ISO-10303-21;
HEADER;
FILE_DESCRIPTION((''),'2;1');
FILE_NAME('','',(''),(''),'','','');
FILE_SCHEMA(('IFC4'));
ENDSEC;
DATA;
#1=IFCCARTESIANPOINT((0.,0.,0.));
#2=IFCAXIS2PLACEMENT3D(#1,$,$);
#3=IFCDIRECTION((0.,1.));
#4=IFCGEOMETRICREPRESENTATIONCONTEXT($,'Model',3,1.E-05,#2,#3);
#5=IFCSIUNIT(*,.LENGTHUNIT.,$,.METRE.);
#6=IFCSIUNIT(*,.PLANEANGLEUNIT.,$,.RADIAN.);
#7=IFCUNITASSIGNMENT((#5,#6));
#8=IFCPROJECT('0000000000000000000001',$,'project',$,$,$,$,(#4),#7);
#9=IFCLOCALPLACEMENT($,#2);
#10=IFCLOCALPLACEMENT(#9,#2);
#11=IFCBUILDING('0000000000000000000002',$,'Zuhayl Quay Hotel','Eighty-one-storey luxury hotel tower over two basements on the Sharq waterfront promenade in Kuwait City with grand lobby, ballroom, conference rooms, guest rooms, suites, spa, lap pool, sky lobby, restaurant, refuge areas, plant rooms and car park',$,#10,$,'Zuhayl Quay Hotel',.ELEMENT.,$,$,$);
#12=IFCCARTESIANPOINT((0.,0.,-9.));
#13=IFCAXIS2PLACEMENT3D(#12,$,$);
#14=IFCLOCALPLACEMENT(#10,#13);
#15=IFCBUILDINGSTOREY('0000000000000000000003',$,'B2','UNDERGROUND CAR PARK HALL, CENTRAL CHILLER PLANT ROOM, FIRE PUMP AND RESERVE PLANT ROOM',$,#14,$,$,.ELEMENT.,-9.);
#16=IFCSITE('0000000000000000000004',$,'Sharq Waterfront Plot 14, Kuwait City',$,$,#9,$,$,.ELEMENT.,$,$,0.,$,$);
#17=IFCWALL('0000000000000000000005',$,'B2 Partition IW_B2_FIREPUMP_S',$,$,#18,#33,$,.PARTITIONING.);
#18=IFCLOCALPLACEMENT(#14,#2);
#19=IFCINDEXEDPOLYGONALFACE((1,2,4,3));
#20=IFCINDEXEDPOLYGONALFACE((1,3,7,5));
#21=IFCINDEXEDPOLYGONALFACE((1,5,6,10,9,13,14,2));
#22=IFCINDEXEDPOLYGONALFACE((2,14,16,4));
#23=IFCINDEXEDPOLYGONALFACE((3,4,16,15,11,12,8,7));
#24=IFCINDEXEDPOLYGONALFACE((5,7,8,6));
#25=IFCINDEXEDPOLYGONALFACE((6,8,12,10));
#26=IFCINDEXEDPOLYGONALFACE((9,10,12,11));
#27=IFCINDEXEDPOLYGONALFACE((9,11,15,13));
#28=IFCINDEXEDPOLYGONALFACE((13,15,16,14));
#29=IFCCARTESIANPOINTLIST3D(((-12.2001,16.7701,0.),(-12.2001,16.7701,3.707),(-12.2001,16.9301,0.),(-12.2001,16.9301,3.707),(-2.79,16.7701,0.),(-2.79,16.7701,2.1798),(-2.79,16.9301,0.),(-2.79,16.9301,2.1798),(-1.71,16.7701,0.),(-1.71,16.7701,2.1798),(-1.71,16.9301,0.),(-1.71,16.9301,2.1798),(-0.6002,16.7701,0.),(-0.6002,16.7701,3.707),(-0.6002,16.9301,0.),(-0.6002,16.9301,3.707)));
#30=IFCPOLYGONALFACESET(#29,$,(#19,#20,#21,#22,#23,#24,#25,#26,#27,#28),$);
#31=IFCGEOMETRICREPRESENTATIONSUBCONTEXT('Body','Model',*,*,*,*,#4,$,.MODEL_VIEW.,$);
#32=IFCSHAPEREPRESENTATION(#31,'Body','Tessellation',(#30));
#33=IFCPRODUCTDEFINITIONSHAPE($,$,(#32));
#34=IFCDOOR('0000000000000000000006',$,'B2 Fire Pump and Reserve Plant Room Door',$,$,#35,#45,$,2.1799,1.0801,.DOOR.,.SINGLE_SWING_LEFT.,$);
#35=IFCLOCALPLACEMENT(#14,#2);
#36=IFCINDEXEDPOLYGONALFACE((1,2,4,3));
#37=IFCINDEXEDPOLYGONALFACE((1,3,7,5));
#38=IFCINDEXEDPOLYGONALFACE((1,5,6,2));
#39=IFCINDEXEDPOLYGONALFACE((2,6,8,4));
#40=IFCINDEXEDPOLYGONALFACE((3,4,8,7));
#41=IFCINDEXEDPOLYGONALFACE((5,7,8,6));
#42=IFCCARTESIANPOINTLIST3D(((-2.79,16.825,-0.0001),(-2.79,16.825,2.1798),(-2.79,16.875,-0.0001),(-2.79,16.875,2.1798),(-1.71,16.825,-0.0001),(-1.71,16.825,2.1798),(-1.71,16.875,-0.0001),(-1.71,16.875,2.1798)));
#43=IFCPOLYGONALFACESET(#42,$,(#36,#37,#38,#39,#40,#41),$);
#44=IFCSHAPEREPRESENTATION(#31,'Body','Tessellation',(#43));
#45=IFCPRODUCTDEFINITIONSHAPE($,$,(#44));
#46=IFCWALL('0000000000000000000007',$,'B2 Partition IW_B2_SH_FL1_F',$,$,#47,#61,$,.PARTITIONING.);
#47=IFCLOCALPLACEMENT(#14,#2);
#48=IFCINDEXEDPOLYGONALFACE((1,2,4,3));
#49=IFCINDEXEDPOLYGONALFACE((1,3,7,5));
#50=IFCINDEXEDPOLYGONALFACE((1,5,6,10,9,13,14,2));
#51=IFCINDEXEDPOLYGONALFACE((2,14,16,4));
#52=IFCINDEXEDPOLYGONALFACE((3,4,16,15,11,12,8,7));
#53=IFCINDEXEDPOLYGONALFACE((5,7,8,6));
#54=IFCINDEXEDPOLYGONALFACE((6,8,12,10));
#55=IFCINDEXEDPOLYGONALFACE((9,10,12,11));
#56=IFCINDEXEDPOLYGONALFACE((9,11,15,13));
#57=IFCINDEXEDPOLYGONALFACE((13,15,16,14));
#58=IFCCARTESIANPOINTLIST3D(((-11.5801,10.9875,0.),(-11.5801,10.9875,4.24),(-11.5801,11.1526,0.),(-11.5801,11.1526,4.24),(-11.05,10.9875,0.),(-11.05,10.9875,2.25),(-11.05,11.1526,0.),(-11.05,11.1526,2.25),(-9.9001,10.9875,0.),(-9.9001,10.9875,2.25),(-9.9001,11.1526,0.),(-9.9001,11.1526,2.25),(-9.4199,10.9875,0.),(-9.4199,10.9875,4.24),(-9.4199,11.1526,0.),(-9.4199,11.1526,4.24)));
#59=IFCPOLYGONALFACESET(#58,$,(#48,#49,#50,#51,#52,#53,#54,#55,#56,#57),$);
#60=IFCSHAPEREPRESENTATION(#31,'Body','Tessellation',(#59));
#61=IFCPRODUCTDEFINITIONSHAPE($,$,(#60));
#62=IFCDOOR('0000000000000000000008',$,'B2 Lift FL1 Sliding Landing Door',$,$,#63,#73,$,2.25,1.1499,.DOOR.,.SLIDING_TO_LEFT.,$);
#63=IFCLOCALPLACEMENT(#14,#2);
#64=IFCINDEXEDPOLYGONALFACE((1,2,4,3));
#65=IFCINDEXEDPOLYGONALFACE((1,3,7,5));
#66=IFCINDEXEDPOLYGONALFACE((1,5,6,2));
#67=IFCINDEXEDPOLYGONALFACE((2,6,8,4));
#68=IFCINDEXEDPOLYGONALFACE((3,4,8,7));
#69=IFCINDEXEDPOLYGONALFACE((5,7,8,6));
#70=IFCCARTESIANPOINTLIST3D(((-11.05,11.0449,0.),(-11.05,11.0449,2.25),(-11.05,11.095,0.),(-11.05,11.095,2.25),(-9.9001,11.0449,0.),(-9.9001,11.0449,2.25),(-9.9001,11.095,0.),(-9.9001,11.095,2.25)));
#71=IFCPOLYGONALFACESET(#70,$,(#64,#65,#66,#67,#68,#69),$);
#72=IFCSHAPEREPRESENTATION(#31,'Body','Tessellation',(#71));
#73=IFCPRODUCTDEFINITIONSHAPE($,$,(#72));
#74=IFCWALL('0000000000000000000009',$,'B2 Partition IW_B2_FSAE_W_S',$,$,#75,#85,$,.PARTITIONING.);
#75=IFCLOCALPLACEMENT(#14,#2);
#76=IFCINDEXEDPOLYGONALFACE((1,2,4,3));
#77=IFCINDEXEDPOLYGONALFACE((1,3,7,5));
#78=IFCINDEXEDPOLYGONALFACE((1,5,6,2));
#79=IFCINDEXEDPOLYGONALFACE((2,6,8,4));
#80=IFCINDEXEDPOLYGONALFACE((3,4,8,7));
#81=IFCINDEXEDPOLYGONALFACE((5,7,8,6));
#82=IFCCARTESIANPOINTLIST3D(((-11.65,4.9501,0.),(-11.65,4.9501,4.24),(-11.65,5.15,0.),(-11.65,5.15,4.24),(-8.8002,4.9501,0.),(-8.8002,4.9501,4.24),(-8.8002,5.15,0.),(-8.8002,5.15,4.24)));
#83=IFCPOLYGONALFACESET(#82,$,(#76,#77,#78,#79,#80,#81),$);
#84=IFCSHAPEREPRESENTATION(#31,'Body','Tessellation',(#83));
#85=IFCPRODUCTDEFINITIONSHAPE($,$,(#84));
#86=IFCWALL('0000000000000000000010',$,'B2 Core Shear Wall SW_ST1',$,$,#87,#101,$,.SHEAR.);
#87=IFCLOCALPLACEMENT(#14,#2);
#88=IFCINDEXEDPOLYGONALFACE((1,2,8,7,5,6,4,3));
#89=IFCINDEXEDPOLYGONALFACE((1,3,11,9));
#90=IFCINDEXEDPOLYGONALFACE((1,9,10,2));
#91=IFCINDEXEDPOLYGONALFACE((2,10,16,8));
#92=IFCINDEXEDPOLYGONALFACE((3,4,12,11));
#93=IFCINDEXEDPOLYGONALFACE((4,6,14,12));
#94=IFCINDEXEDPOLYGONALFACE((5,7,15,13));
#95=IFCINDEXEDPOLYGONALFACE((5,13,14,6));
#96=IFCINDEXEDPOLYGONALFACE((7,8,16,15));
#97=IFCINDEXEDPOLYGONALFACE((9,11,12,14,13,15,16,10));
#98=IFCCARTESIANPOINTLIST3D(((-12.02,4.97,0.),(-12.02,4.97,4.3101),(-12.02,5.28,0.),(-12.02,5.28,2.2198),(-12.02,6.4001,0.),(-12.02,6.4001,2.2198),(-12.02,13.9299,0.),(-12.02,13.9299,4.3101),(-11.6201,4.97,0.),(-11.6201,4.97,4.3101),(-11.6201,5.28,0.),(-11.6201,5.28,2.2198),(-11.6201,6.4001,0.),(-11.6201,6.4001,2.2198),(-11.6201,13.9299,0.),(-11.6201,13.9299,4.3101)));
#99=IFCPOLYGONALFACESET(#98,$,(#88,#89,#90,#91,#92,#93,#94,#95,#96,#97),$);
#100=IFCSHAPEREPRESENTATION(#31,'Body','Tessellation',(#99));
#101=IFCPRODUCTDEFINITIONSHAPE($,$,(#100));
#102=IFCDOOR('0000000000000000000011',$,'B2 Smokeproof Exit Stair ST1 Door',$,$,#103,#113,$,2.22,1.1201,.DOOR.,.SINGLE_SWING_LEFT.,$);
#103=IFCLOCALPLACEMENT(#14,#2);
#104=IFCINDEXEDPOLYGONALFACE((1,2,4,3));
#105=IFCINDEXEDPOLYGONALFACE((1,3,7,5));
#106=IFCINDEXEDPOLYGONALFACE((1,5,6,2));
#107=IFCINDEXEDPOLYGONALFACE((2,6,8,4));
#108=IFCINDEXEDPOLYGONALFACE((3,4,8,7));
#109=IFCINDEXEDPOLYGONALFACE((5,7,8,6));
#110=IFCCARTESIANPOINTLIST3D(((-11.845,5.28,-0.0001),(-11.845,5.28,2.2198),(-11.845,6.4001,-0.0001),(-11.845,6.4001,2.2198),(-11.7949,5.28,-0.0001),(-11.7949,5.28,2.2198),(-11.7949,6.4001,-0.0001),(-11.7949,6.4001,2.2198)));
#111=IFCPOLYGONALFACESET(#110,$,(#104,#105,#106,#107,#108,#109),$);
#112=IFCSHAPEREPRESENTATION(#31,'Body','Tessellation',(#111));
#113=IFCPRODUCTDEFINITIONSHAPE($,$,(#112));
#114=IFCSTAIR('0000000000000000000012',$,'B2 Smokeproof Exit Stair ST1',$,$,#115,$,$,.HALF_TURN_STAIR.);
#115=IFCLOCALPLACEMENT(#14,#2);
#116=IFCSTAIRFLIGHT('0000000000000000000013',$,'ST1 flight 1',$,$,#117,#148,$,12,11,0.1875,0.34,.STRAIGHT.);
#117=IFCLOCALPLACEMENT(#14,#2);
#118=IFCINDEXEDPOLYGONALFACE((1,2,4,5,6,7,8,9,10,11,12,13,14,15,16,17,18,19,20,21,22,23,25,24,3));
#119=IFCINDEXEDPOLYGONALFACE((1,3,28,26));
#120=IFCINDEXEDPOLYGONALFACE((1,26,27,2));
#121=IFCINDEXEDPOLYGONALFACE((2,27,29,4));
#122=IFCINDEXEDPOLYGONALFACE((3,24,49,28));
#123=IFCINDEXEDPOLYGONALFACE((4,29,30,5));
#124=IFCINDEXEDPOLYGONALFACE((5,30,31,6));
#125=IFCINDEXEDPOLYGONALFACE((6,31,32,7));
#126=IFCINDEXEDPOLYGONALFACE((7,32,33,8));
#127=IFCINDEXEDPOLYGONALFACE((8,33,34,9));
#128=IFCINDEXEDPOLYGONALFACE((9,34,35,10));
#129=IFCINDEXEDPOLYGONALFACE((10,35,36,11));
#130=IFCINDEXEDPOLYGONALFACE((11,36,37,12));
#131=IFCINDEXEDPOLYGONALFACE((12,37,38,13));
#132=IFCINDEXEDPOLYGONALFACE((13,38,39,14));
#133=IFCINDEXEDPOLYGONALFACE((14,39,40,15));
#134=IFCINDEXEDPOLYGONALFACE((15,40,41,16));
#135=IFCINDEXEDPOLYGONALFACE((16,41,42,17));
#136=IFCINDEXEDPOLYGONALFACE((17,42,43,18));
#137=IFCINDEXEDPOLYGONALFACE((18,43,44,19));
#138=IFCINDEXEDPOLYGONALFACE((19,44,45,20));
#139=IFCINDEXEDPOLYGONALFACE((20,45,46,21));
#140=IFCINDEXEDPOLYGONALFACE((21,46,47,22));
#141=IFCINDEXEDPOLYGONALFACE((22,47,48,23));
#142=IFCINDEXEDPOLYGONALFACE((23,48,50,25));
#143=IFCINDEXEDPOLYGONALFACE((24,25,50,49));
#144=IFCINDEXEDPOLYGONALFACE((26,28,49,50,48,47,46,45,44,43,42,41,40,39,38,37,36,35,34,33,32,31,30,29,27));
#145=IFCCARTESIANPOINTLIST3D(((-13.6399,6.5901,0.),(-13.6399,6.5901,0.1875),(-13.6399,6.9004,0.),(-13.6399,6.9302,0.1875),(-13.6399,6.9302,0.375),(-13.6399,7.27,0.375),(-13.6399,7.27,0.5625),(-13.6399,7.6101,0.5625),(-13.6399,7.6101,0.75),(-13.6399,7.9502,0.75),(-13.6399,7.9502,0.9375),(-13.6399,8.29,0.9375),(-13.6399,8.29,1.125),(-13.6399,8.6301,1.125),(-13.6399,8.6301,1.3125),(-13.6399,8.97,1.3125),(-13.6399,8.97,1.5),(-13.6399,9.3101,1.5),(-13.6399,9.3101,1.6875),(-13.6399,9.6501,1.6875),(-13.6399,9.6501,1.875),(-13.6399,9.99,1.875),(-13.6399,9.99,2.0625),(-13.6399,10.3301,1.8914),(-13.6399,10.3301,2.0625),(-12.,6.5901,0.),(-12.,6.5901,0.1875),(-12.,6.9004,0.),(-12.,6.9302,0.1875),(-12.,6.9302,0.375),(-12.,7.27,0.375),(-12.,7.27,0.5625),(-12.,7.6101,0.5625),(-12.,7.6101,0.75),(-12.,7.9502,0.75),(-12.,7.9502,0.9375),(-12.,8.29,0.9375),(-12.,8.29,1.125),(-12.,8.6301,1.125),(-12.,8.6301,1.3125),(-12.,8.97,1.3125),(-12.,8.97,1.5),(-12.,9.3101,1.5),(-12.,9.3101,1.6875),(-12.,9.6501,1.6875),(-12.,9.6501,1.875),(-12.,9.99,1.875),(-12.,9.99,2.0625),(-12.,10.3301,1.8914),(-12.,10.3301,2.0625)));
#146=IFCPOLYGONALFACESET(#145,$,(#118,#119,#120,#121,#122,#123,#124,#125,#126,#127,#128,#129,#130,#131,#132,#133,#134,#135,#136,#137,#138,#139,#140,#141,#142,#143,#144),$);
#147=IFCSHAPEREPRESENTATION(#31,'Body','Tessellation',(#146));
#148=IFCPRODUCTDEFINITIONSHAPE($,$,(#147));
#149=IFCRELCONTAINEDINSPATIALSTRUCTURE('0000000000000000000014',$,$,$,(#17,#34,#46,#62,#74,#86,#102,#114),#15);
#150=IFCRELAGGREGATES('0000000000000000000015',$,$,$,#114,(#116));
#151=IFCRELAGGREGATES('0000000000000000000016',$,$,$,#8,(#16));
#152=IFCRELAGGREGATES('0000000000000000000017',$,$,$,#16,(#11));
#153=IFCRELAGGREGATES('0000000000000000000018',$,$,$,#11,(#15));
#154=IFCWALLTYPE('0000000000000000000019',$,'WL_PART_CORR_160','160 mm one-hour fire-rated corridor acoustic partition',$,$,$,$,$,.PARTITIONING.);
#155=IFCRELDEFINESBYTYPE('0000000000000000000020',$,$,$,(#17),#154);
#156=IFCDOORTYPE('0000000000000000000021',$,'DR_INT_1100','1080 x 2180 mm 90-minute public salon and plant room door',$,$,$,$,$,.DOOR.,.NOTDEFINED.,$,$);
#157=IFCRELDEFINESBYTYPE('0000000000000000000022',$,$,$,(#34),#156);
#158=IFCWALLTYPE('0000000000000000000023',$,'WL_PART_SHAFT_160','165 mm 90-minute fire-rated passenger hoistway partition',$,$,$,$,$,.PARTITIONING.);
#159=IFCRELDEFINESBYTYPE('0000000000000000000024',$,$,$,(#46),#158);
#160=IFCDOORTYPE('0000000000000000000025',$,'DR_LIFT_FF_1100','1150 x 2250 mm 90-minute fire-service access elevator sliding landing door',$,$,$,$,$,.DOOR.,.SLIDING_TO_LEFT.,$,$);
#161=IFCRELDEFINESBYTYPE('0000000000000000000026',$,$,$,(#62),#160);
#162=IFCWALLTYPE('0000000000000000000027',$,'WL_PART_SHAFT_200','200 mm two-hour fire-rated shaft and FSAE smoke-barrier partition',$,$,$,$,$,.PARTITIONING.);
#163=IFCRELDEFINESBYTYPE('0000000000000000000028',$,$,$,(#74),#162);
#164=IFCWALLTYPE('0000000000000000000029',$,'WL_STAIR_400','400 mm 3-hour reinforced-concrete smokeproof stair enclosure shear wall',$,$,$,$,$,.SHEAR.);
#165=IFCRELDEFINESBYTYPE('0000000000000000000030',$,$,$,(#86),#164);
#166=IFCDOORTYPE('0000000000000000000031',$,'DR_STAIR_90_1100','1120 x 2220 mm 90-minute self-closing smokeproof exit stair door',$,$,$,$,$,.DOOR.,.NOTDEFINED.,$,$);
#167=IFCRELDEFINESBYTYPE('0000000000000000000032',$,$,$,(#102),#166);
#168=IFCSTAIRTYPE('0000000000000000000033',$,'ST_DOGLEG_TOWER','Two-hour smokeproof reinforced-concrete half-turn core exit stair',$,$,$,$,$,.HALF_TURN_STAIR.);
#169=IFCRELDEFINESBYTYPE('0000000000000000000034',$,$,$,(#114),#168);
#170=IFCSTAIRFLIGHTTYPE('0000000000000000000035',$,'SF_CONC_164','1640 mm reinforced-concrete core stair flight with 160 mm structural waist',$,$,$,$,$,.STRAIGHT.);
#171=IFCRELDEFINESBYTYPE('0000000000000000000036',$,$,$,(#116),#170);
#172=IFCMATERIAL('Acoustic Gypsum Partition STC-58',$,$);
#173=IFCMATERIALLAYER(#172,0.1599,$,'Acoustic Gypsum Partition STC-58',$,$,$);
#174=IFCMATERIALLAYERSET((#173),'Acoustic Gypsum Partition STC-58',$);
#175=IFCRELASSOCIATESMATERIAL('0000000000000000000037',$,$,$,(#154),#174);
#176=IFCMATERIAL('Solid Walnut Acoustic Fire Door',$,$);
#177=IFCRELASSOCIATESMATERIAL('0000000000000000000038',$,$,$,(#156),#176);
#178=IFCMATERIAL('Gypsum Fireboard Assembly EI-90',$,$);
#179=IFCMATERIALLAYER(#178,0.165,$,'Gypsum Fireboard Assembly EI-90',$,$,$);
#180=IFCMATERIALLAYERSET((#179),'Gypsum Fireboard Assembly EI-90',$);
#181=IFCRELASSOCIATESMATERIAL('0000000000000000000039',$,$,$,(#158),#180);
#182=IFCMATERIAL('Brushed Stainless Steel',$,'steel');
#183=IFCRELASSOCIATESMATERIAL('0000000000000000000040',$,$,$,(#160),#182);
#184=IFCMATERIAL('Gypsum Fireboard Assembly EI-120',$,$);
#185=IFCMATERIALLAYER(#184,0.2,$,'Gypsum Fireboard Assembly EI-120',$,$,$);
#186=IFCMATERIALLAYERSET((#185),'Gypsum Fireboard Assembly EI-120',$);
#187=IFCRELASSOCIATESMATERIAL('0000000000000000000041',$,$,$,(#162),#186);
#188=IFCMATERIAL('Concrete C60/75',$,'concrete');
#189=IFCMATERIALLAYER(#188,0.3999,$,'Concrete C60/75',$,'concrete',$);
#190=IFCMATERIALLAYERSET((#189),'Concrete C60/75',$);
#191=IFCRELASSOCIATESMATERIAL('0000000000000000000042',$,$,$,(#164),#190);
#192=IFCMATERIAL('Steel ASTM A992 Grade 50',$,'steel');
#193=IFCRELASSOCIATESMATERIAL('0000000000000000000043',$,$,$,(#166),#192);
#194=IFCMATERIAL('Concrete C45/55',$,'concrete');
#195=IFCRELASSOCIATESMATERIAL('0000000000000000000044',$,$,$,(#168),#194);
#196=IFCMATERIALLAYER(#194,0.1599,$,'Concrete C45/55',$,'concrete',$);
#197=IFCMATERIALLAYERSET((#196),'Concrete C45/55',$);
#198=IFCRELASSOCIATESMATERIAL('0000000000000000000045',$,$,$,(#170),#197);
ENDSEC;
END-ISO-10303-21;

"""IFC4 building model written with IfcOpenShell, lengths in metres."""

from ifc_helpers import new_model, si_unit, direction, frame, frame_2d, origin, place, context, subcontext, project, spatial, polyline, rectangle, outline, extrude, material, layer, layer_set, type_object, element, fill, aggregate, save


model = new_model("IFC4")

# Units and contexts
model_context = context("Model", 3, precision=1e-05, world=origin(), true_north=direction((0.0, 1.0)))
body_context = subcontext(model_context, "Body", "Model", "MODEL_VIEW")
ifc_project = project(units=[si_unit("LENGTHUNIT", "METRE"), si_unit("PLANEANGLEUNIT", "RADIAN")], contexts=[model_context])

# Site, building, storey
site_placement = place(None, origin())
site = spatial("IfcSite", under=ifc_project, at=site_placement, Name="Sharq Waterfront Plot 14, Kuwait City", CompositionType="ELEMENT", RefElevation=0.0)
building_placement = place(site_placement, origin())
building = spatial("IfcBuilding", under=site, at=building_placement, Name="Zuhayl Quay Hotel", Description="Eighty-one-storey luxury hotel tower over two basements on the Sharq waterfront promenade in Kuwait City with grand lobby, ballroom, conference rooms, guest rooms, suites, spa, lap pool, sky lobby, restaurant, refuge areas, plant rooms and car park", LongName="Zuhayl Quay Hotel", CompositionType="ELEMENT")
storey_placement = place(building_placement, frame((0.0, 0.0, -9.0)))
storey = spatial("IfcBuildingStorey", under=building, at=storey_placement, Name="B2", Description="UNDERGROUND CAR PARK HALL, CENTRAL CHILLER PLANT ROOM, FIRE PUMP AND RESERVE PLANT ROOM", CompositionType="ELEMENT", Elevation=-9.0)

# Shared definitions
ifc_material_1 = material(Name="Concrete C60/75", Category="concrete")

# Shared definitions
ifc_material_2 = material(Name="Acoustic Gypsum Partition STC-58")

# Walls, openings, doors
ifc_layer_1 = layer(ifc_material_2, 0.1599, Name="Acoustic Gypsum Partition STC-58")
ifc_layer_set_1 = layer_set([ifc_layer_1], Name="Acoustic Gypsum Partition STC-58")
wall_type_1 = type_object("IfcWallType", Name="WL_PART_CORR_160", Description="160 mm one-hour fire-rated corridor acoustic partition", PredefinedType="PARTITIONING", material=ifc_layer_set_1)
wall_1_placement = place(storey_placement, frame((-12.2, 16.8501, 0.0), z_axis=(0.0, 0.0, 1.0), x_axis=(1.0, 0.0, 0.0)))
wall_1 = element("IfcWall", 1, at=wall_1_placement, inside=storey, type_object=wall_type_1, Name="B2 Partition IW_B2_FIREPUMP_S", PredefinedType="PARTITIONING", context=body_context, shape_type="SweptSolid", body=[
    extrude(rectangle(XDim=11.5999, YDim=0.1599, at=frame_2d((5.7998, 0.0))), origin(), (0.0, 0.0, 1.0), 3.707),
])
opening_1_placement = place(wall_1_placement, frame((9.4099, 0.0, 0.0)))
opening_1 = element("IfcOpeningElement", 2, at=opening_1_placement, cuts=wall_1, PredefinedType="OPENING", context=body_context, shape_type="SweptSolid", body=[
    extrude(rectangle(XDim=1.0801, YDim=2.1799, at=frame_2d((0.54, 1.0898))), frame((0.0, 0.0898, 0.0), z_axis=(0.0, -1.0, 0.0), x_axis=(1.0, 0.0, 0.0)), (0.0, 0.0, 1.0), 0.1799),
])
ifc_material_3 = material(Name="Solid Walnut Acoustic Fire Door")
door_type_1 = type_object("IfcDoorType", Name="DR_INT_1100", Description="1080 x 2180 mm 90-minute public salon and plant room door", OperationType="NOTDEFINED", PredefinedType="DOOR", material=ifc_material_3)
door_1_placement = place(opening_1_placement, origin())
door_1 = element("IfcDoor", 3, at=door_1_placement, inside=storey, type_object=door_type_1, Name="B2 Fire Pump and Reserve Plant Room Door", OperationType="SINGLE_SWING_LEFT", OverallHeight=2.1799, OverallWidth=1.0801, PredefinedType="DOOR", context=body_context, shape_type="SweptSolid", body=[
    extrude(rectangle(XDim=1.0801, YDim=2.1799, at=frame_2d((0.54, 1.0898))), frame((0.0, 0.0249, 0.0), z_axis=(0.0, -1.0, 0.0), x_axis=(1.0, 0.0, 0.0)), (0.0, 0.0, 1.0), 0.05),
])
fill(opening_1, door_1)
ifc_material_4 = material(Name="Gypsum Fireboard Assembly EI-90")
ifc_layer_2 = layer(ifc_material_4, 0.165, Name="Gypsum Fireboard Assembly EI-90")
ifc_layer_set_2 = layer_set([ifc_layer_2], Name="Gypsum Fireboard Assembly EI-90")
wall_type_2 = type_object("IfcWallType", Name="WL_PART_SHAFT_160", Description="165 mm 90-minute fire-rated passenger hoistway partition", PredefinedType="PARTITIONING", material=ifc_layer_set_2)
wall_2_placement = place(storey_placement, frame((-11.5801, 11.0701, 0.0), z_axis=(0.0, 0.0, 1.0), x_axis=(1.0, 0.0, 0.0)))
wall_2 = element("IfcWall", 4, at=wall_2_placement, inside=storey, type_object=wall_type_2, Name="B2 Partition IW_B2_SH_FL1_F", PredefinedType="PARTITIONING", context=body_context, shape_type="SweptSolid", body=[
    extrude(rectangle(XDim=2.1602, YDim=0.165, at=frame_2d((1.0801, 0.0))), origin(), (0.0, 0.0, 1.0), 4.24),
])
opening_2_placement = place(wall_2_placement, frame((0.53, 0.0, 0.0)))
opening_2 = element("IfcOpeningElement", 5, at=opening_2_placement, cuts=wall_2, PredefinedType="OPENING", context=body_context, shape_type="SweptSolid", body=[
    extrude(rectangle(XDim=1.1499, YDim=2.25, at=frame_2d((0.575, 1.125))), frame((0.0, 0.0925, 0.0), z_axis=(0.0, -1.0, 0.0), x_axis=(1.0, 0.0, 0.0)), (0.0, 0.0, 1.0), 0.1851),
])
ifc_material_5 = material(Name="Brushed Stainless Steel", Category="steel")
door_type_2 = type_object("IfcDoorType", Name="DR_LIFT_FF_1100", Description="1150 x 2250 mm 90-minute fire-service access elevator sliding landing door", OperationType="SLIDING_TO_LEFT", PredefinedType="DOOR", material=ifc_material_5)
door_2_placement = place(opening_2_placement, origin())
door_2 = element("IfcDoor", 6, at=door_2_placement, inside=storey, type_object=door_type_2, Name="B2 Lift FL1 Sliding Landing Door", OperationType="SLIDING_TO_LEFT", OverallHeight=2.25, OverallWidth=1.1499, PredefinedType="DOOR", context=body_context, shape_type="SweptSolid", body=[
    extrude(rectangle(XDim=1.1499, YDim=2.25, at=frame_2d((0.575, 1.125))), frame((0.0, 0.0249, 0.0), z_axis=(0.0, -1.0, 0.0), x_axis=(1.0, 0.0, 0.0)), (0.0, 0.0, 1.0), 0.05),
])
fill(opening_2, door_2)

# Wall
ifc_material_6 = material(Name="Gypsum Fireboard Assembly EI-120")
ifc_layer_3 = layer(ifc_material_6, 0.2, Name="Gypsum Fireboard Assembly EI-120")
ifc_layer_set_3 = layer_set([ifc_layer_3], Name="Gypsum Fireboard Assembly EI-120")
wall_type_3 = type_object("IfcWallType", Name="WL_PART_SHAFT_200", Description="200 mm two-hour fire-rated shaft and FSAE smoke-barrier partition", PredefinedType="PARTITIONING", material=ifc_layer_set_3)
wall_3_placement = place(storey_placement, frame((-11.6499, 5.05, 0.0), z_axis=(0.0, 0.0, 1.0), x_axis=(1.0, 0.0, 0.0)))
element("IfcWall", 7, at=wall_3_placement, inside=storey, type_object=wall_type_3, Name="B2 Partition IW_B2_FSAE_W_S", PredefinedType="PARTITIONING", context=body_context, shape_type="SweptSolid", body=[
    extrude(rectangle(XDim=2.8499, YDim=0.2, at=frame_2d((1.4248, 0.0))), origin(), (0.0, 0.0, 1.0), 4.24),
])

# Wall, opening, door
ifc_layer_4 = layer(ifc_material_1, 0.3999, Name="Concrete C60/75", Category="concrete")
ifc_layer_set_4 = layer_set([ifc_layer_4], Name="Concrete C60/75")
wall_type_4 = type_object("IfcWallType", Name="WL_STAIR_400", Description="400 mm 3-hour reinforced-concrete smokeproof stair enclosure shear wall", PredefinedType="SHEAR", material=ifc_layer_set_4)
wall_4_placement = place(storey_placement, frame((-11.8201, 4.97, 0.0), z_axis=(0.0, 0.0, 1.0), x_axis=(0.0, 1.0, 0.0)))
wall_4 = element("IfcWall", 8, at=wall_4_placement, inside=storey, type_object=wall_type_4, Name="B2 Core Shear Wall SW_ST1", PredefinedType="SHEAR", context=body_context, shape_type="SweptSolid", body=[
    extrude(rectangle(XDim=8.96, YDim=0.3999, at=frame_2d((4.48, 0.0))), origin(), (0.0, 0.0, 1.0), 4.3101),
])
opening_3_placement = place(wall_4_placement, frame((0.3101, 0.0, 0.0)))
opening_3 = element("IfcOpeningElement", 9, at=opening_3_placement, cuts=wall_4, PredefinedType="OPENING", context=body_context, shape_type="SweptSolid", body=[
    extrude(rectangle(XDim=1.1201, YDim=2.22, at=frame_2d((0.5601, 1.1099))), frame((0.0, 0.21, 0.0), z_axis=(0.0, -1.0, 0.0), x_axis=(1.0, 0.0, 0.0)), (0.0, 0.0, 1.0), 0.4199),
])
ifc_material_7 = material(Name="Steel ASTM A992 Grade 50", Category="steel")
door_type_3 = type_object("IfcDoorType", Name="DR_STAIR_90_1100", Description="1120 x 2220 mm 90-minute self-closing smokeproof exit stair door", OperationType="NOTDEFINED", PredefinedType="DOOR", material=ifc_material_7)
door_3_placement = place(opening_3_placement, origin())
door_3 = element("IfcDoor", 10, at=door_3_placement, inside=storey, type_object=door_type_3, Name="B2 Smokeproof Exit Stair ST1 Door", OperationType="SINGLE_SWING_LEFT", OverallHeight=2.22, OverallWidth=1.1201, PredefinedType="DOOR", context=body_context, shape_type="SweptSolid", body=[
    extrude(rectangle(XDim=1.1201, YDim=2.22, at=frame_2d((0.5601, 1.1099))), frame((0.0, 0.0249, 0.0), z_axis=(0.0, -1.0, 0.0), x_axis=(1.0, 0.0, 0.0)), (0.0, 0.0, 1.0), 0.05),
])
fill(opening_3, door_3)

# Stair, stair flight
ifc_material_8 = material(Name="Concrete C45/55", Category="concrete")
stair_type = type_object("IfcStairType", Name="ST_DOGLEG_TOWER", Description="Two-hour smokeproof reinforced-concrete half-turn core exit stair", PredefinedType="HALF_TURN_STAIR", material=ifc_material_8)
stair_placement = place(storey_placement, origin())
stair = element("IfcStair", 11, at=stair_placement, inside=storey, type_object=stair_type, Name="B2 Smokeproof Exit Stair ST1", PredefinedType="HALF_TURN_STAIR")
ifc_layer_5 = layer(ifc_material_8, 0.1599, Name="Concrete C45/55", Category="concrete")
ifc_layer_set_5 = layer_set([ifc_layer_5], Name="Concrete C45/55")
stair_flight_type = type_object("IfcStairFlightType", Name="SF_CONC_164", Description="1640 mm reinforced-concrete core stair flight with 160 mm structural waist", PredefinedType="STRAIGHT", material=ifc_layer_set_5)
stair_flight_1_placement = place(storey_placement, frame((-12.8201, 6.5901, 0.0), z_axis=(0.0, 0.0, 1.0), x_axis=(0.0, 1.0, 0.0)))
stair_flight_1 = element("IfcStairFlight", 12, at=stair_flight_1_placement, type_object=stair_flight_type, Name="ST1 flight 1", NumberOfRisers=12, NumberOfTreads=11, PredefinedType="STRAIGHT", RiserHeight=0.1875, TreadLength=0.34, context=body_context, shape_type="SweptSolid", body=[
    extrude(outline(polyline([(0.0, 0.0), (0.0, 0.1875), (0.3401, 0.1875), (0.3401, 0.375), (0.6799, 0.375), (0.6799, 0.5625), (1.02, 0.5625), (1.02, 0.75), (1.3601, 0.75), (1.3601, 0.9375), (1.7, 0.9375), (1.7, 1.125), (2.04, 1.125), (2.04, 1.3125), (2.3799, 1.3125), (2.3799, 1.5), (2.72, 1.5), (2.72, 1.6875), (3.0601, 1.6875), (3.0601, 1.875), (3.3999, 1.875), (3.3999, 2.0625), (3.74, 2.0625), (3.74, 2.25), (3.74, 1.8914), (0.3103, 0.0), (0.0, 0.0)])), frame((0.0, 0.8198, 0.0), z_axis=(0.0, -1.0, 0.0), x_axis=(1.0, 0.0, 0.0)), (0.0, 0.0, 1.0), 1.6399),
])
aggregate(stair, [stair_flight_1])

save(model, "model.ifc")
